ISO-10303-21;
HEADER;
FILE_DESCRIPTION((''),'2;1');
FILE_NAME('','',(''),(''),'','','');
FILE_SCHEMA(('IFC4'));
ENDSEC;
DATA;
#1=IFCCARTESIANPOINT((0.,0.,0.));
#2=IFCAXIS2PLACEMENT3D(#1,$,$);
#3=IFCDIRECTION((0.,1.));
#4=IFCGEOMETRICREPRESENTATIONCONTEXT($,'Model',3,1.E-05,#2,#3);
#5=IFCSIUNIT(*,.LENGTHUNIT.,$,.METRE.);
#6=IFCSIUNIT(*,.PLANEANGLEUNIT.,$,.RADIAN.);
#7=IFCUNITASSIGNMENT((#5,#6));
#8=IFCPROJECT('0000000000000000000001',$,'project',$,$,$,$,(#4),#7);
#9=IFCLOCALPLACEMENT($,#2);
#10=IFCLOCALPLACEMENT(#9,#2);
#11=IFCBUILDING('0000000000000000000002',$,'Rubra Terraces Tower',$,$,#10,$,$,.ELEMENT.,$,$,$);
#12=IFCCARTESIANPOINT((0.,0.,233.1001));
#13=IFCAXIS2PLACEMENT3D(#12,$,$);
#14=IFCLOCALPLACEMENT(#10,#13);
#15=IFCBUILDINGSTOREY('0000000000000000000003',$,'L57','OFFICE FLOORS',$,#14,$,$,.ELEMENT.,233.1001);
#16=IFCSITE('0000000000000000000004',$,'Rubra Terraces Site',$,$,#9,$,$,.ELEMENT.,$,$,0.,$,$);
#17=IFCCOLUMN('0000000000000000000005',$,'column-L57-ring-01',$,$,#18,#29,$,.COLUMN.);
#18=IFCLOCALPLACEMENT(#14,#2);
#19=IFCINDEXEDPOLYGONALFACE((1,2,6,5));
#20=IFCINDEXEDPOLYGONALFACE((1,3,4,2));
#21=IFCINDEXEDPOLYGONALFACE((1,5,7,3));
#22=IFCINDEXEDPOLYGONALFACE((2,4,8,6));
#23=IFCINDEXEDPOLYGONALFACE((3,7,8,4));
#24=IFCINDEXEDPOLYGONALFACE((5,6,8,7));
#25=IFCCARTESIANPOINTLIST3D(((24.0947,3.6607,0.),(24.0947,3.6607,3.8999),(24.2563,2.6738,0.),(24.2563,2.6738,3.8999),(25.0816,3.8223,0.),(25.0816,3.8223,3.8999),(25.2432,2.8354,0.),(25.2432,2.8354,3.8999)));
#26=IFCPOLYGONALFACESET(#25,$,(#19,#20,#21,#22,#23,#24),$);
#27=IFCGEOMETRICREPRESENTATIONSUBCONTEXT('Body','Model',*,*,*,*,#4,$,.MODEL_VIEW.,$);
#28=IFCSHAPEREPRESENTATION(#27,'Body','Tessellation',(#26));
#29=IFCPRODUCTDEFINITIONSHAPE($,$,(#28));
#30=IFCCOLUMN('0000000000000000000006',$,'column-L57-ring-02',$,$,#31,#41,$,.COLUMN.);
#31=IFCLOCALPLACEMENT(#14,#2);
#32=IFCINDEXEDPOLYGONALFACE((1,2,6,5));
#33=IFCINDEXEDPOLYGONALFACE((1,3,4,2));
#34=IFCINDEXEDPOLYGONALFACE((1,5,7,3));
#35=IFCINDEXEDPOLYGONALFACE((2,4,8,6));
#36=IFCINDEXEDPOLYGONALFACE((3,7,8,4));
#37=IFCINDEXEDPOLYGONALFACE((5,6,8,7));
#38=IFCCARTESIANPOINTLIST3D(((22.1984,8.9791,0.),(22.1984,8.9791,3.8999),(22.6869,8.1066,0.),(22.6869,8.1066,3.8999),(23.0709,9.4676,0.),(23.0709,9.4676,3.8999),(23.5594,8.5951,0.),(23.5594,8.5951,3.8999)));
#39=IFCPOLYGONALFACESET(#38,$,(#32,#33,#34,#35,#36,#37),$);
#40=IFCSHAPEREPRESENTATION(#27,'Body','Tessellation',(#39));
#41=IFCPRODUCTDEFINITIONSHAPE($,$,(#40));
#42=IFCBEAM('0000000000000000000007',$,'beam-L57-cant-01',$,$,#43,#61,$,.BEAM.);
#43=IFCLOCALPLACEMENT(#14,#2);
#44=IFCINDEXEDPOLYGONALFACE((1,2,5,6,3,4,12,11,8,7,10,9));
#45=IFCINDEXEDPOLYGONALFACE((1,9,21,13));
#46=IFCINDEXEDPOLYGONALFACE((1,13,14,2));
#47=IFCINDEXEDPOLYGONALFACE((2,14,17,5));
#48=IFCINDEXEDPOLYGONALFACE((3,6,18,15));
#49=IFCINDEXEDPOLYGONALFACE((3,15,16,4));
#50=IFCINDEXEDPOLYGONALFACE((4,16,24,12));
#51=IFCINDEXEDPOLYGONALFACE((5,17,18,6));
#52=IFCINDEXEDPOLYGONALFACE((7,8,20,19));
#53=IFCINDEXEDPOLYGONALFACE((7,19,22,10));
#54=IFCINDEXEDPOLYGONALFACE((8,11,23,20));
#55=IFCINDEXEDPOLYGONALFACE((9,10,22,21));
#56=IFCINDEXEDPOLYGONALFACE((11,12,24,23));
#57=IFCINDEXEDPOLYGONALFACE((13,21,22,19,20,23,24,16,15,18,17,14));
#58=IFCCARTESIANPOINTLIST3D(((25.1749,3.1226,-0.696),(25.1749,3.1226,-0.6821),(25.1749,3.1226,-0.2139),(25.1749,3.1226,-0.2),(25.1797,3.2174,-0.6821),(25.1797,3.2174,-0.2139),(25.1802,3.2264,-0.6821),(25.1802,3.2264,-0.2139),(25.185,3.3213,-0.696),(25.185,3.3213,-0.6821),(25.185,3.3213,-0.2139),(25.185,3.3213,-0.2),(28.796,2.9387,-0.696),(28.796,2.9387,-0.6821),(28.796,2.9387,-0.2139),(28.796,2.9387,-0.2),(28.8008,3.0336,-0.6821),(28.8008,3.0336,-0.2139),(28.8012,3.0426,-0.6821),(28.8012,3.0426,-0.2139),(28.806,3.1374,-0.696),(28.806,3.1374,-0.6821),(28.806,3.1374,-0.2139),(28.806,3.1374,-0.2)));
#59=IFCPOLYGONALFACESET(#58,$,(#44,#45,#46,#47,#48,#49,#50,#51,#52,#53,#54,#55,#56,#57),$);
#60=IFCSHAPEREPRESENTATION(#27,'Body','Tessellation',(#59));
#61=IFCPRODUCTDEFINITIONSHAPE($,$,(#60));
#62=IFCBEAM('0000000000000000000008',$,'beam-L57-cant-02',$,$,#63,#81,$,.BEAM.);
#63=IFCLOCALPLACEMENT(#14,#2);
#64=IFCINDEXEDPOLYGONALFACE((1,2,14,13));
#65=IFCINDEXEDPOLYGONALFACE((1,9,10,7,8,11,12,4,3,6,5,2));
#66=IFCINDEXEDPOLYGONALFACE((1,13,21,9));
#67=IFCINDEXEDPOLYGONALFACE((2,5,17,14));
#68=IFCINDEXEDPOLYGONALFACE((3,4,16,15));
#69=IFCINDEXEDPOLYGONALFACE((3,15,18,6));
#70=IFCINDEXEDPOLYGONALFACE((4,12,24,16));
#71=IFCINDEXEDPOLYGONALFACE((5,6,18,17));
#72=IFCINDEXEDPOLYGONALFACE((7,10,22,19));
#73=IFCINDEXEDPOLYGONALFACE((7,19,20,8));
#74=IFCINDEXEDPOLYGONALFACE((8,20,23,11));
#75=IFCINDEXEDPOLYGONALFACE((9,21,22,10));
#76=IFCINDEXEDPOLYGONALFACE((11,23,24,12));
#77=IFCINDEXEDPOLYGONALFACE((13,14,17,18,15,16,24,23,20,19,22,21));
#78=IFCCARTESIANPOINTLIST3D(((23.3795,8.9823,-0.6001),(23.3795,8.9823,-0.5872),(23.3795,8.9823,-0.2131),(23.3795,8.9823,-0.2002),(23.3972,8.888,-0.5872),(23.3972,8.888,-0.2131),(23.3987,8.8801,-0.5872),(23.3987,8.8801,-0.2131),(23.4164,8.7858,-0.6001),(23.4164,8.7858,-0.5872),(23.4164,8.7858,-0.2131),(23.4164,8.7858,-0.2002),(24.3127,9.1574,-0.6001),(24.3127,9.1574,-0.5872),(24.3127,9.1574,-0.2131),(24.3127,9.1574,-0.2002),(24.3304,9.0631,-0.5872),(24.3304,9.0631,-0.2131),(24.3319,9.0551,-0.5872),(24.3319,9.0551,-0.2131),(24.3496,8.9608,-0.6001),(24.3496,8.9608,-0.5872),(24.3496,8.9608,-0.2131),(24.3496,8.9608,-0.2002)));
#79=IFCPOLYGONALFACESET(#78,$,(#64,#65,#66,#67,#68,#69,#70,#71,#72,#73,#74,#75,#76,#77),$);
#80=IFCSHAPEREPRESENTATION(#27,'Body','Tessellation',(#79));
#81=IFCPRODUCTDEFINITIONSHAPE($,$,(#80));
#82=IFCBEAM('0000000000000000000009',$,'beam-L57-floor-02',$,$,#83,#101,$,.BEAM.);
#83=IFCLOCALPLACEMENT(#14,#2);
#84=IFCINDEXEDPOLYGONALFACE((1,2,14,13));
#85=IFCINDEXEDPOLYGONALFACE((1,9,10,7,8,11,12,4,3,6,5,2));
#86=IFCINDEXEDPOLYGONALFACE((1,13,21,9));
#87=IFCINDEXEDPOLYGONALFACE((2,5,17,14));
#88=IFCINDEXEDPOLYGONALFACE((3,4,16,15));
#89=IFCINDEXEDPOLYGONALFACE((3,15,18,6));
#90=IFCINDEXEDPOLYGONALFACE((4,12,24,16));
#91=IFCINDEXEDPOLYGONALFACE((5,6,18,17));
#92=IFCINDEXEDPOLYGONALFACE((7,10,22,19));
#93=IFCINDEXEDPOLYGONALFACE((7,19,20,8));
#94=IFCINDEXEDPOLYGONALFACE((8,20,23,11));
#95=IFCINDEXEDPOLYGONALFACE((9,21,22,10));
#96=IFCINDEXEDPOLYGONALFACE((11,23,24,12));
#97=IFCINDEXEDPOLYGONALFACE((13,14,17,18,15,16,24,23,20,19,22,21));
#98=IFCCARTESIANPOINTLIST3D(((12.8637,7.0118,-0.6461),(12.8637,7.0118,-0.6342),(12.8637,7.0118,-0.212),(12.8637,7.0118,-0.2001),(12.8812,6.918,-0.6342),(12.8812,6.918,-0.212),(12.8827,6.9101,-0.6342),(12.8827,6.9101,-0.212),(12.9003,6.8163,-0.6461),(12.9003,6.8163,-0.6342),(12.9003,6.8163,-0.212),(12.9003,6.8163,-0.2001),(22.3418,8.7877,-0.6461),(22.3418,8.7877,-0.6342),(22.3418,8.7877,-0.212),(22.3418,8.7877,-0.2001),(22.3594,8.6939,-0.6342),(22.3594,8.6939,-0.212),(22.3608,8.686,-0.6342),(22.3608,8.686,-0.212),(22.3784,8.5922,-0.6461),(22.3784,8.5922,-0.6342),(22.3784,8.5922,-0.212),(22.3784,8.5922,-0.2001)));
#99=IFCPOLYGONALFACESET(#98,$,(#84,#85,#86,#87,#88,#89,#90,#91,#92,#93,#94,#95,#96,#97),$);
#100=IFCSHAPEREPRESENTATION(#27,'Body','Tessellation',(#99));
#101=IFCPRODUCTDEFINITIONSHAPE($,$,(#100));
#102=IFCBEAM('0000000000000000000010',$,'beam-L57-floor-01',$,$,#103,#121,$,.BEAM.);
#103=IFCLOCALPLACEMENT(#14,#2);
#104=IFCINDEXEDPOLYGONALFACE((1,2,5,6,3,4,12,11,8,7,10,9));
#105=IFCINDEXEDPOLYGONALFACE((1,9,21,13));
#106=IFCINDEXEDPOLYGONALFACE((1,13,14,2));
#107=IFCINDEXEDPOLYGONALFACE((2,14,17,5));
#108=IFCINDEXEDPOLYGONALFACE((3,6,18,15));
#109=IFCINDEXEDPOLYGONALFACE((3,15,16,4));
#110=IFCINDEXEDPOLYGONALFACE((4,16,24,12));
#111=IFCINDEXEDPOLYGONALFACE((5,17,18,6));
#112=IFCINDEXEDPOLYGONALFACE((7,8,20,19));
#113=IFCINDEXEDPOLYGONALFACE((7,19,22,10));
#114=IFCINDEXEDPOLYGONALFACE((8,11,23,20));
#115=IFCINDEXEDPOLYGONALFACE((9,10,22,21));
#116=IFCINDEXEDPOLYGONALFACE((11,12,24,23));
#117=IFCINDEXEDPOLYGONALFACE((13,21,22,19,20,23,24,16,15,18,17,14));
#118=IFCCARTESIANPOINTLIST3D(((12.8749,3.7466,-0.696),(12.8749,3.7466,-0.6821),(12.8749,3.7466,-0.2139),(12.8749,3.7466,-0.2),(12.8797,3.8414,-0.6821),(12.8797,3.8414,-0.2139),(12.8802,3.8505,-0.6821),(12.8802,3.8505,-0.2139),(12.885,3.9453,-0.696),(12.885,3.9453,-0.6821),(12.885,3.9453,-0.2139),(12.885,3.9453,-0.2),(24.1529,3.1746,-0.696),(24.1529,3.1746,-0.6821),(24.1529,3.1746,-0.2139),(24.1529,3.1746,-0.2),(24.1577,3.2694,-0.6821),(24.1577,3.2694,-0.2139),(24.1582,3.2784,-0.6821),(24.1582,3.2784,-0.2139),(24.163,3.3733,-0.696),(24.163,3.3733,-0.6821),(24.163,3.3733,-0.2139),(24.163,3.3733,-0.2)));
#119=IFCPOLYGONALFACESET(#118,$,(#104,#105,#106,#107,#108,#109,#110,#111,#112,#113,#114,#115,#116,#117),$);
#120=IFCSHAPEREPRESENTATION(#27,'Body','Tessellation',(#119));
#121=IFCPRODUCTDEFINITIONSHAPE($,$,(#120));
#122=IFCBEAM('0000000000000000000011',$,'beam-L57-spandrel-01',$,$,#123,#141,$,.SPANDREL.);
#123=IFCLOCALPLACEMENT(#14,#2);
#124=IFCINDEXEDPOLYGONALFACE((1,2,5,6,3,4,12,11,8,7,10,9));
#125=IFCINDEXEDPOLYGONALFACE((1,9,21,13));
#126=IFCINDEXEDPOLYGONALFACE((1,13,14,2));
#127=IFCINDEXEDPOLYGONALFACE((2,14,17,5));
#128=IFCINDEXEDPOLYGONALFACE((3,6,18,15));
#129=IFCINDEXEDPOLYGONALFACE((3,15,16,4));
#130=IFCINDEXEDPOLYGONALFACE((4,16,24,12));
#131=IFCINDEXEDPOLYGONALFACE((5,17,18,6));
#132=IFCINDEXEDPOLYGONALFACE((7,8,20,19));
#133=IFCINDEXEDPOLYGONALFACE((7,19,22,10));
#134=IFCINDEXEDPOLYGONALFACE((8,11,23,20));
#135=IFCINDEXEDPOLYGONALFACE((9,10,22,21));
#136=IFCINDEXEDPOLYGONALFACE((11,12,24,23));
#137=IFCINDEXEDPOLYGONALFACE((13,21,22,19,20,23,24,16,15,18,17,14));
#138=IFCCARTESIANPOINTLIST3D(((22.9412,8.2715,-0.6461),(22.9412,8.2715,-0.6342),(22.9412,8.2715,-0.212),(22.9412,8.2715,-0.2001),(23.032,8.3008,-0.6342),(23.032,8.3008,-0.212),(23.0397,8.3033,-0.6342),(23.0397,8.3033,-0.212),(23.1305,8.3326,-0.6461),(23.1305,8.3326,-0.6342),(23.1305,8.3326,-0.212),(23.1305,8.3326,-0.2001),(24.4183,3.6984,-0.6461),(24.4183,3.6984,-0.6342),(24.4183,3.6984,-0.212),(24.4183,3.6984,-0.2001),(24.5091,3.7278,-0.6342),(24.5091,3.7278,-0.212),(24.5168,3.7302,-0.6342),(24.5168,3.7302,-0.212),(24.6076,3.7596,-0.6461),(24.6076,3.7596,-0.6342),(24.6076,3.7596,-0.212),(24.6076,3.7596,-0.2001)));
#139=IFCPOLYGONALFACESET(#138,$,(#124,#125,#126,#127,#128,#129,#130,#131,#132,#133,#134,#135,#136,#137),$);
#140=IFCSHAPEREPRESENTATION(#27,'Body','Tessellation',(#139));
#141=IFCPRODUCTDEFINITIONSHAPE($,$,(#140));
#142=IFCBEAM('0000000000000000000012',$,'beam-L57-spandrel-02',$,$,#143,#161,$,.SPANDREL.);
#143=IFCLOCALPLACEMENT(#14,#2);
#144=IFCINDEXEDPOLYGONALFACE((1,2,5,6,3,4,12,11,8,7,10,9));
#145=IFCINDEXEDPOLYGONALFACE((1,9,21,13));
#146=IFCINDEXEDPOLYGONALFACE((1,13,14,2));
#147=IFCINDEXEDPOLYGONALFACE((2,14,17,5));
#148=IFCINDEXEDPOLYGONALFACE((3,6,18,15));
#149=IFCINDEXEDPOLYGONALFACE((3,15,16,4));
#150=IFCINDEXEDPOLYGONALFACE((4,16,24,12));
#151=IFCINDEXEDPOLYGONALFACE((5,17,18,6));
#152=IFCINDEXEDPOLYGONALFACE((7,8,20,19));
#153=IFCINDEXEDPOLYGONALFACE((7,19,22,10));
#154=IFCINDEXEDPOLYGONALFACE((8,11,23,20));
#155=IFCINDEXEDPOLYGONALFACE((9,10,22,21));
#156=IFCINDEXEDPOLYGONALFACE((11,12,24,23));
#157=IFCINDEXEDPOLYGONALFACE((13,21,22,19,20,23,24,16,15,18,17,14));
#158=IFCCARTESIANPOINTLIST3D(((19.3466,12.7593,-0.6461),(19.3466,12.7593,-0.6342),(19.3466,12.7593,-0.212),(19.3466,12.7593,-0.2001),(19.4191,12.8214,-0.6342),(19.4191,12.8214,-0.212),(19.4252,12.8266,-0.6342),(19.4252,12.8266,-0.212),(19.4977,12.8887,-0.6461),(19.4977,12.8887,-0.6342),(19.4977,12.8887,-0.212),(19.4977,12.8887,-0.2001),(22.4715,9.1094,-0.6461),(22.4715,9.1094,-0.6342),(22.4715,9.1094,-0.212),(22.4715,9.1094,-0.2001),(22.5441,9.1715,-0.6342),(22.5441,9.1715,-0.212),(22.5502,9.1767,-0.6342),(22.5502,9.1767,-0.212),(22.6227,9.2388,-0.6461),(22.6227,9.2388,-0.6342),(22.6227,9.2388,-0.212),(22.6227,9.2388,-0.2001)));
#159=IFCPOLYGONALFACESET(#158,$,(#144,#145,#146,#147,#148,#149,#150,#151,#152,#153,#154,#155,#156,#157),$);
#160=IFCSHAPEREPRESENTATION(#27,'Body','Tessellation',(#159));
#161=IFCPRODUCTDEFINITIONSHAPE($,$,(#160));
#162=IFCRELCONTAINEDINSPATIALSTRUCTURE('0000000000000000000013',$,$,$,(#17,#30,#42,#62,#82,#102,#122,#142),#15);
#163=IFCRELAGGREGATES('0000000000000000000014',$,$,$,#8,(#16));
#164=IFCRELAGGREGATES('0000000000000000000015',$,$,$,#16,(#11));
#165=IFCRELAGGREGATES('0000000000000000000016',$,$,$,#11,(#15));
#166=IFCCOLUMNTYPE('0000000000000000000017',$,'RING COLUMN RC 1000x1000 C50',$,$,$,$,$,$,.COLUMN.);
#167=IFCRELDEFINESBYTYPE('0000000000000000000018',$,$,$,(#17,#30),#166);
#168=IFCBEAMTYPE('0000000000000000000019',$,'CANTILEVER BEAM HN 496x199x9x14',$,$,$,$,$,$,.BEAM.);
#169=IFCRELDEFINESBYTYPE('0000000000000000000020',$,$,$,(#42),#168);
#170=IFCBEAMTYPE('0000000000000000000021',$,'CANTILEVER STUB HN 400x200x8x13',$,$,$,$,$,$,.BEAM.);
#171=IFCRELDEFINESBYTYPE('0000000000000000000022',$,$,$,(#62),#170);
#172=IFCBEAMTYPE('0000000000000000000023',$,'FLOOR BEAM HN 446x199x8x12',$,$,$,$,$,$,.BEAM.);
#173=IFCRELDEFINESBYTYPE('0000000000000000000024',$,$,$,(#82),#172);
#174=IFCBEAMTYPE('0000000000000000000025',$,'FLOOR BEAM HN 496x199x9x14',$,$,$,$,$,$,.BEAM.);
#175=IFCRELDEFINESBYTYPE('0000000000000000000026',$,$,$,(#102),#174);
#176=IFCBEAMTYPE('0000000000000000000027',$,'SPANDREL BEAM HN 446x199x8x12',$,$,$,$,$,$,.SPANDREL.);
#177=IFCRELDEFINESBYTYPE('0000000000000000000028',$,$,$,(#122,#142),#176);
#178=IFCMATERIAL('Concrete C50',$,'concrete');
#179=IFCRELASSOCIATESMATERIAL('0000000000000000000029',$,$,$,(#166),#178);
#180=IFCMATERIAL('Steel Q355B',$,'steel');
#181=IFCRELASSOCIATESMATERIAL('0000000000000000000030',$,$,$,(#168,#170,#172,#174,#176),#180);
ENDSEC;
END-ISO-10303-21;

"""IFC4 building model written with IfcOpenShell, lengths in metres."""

from ifc_helpers import new_model, si_unit, direction, frame, origin, origin_2d, place, context, subcontext, project, spatial, rectangle, i_section, extrude, material, material_profile, profile_set, type_object, element, save


model = new_model("IFC4")

# Units and contexts
model_context = context("Model", 3, precision=1e-05, world=origin(), true_north=direction((0.0, 1.0)))
body_context = subcontext(model_context, "Body", "Model", "MODEL_VIEW")
ifc_project = project(units=[si_unit("LENGTHUNIT", "METRE"), si_unit("PLANEANGLEUNIT", "RADIAN")], contexts=[model_context])

# Site, building, storey
site_placement = place(None, origin())
site = spatial("IfcSite", under=ifc_project, at=site_placement, Name="Rubra Terraces Site", CompositionType="ELEMENT", RefElevation=0.0)
building_placement = place(site_placement, origin())
building = spatial("IfcBuilding", under=site, at=building_placement, Name="Rubra Terraces Tower", CompositionType="ELEMENT")
storey_placement = place(building_placement, frame((0.0, 0.0, 233.1001)))
storey = spatial("IfcBuildingStorey", under=building, at=storey_placement, Name="L57", Description="OFFICE FLOORS", CompositionType="ELEMENT", Elevation=233.1001)

# Columns
ifc_material_1 = material(Name="Concrete C50", Category="concrete")
ifc_material_profile_1 = material_profile(ifc_material_1, rectangle(XDim=1.0, YDim=1.0, at=origin_2d()), Name="RC 1000x1000")
ifc_profile_set_1 = profile_set([ifc_material_profile_1], Name="Concrete C50")
column_type = type_object("IfcColumnType", Name="RING COLUMN RC 1000x1000 C50", PredefinedType="COLUMN", material=ifc_profile_set_1)
for number, where, z_axis, x_axis, name in (
    (1, (24.6689, 3.248, 0.0), (0.0, 0.0, 1.0), (-0.161559, 0.986863, 0.0), "column-L57-ring-01"),
    (2, (22.8789, 8.7871, 0.0), (0.0, 0.0, 1.0), (-0.488526, 0.872549, 0.0), "column-L57-ring-02"),
):
    element("IfcColumn", number, at=place(storey_placement, frame(where, z_axis=z_axis, x_axis=x_axis)), inside=storey, type_object=column_type, Name=name, PredefinedType="COLUMN", context=body_context, shape_type="SweptSolid", body=[
        extrude(rectangle(XDim=1.0, YDim=1.0, at=origin_2d()), origin(), (0.0, 0.0, 1.0), 3.8999),
    ])

# Beams
ifc_material_2 = material(Name="Steel Q355B", Category="steel")
ifc_material_profile_2 = material_profile(ifc_material_2, i_section(OverallWidth=0.199, OverallDepth=0.4961, WebThickness=0.009, FlangeThickness=0.0139, at=origin_2d()), Name="HN 496x199x9x14")
ifc_profile_set_2 = profile_set([ifc_material_profile_2], Name="Steel Q355B")
beam_type_1 = type_object("IfcBeamType", Name="CANTILEVER BEAM HN 496x199x9x14", PredefinedType="BEAM", material=ifc_profile_set_2)
beam_1_placement = place(storey_placement, frame((25.1799, 3.2219, -0.448), z_axis=(0.998714, -0.050703, 0.0), x_axis=(0.050703, 0.998714, 0.0)))
element("IfcBeam", 3, at=beam_1_placement, inside=storey, type_object=beam_type_1, Name="beam-L57-cant-01", PredefinedType="BEAM", context=body_context, shape_type="SweptSolid", body=[
    extrude(i_section(OverallWidth=0.199, OverallDepth=0.4961, WebThickness=0.009, FlangeThickness=0.0139, at=origin_2d()), origin(), (0.0, 0.0, 1.0), 3.6257),
])
ifc_material_profile_3 = material_profile(ifc_material_2, i_section(OverallWidth=0.2, OverallDepth=0.3999, WebThickness=0.0081, FlangeThickness=0.0129, at=origin_2d()), Name="HN 400x200x8x13")
ifc_profile_set_3 = profile_set([ifc_material_profile_3], Name="Steel Q355B")
beam_type_2 = type_object("IfcBeamType", Name="CANTILEVER STUB HN 400x200x8x13", PredefinedType="BEAM", material=ifc_profile_set_3)
beam_2_placement = place(storey_placement, frame((23.3979, 8.884, -0.4001), z_axis=(0.982855, 0.184382, 0.0), x_axis=(-0.184382, 0.982855, 0.0)))
element("IfcBeam", 4, at=beam_2_placement, inside=storey, type_object=beam_type_2, Name="beam-L57-cant-02", PredefinedType="BEAM", context=body_context, shape_type="SweptSolid", body=[
    extrude(i_section(OverallWidth=0.2, OverallDepth=0.3999, WebThickness=0.0081, FlangeThickness=0.0129, at=origin_2d()), origin(), (0.0, 0.0, 1.0), 0.9495),
])
ifc_material_profile_4 = material_profile(ifc_material_2, i_section(OverallWidth=0.199, OverallDepth=0.446, WebThickness=0.0081, FlangeThickness=0.012, at=origin_2d()), Name="HN 446x199x8x12")
ifc_profile_set_4 = profile_set([ifc_material_profile_4], Name="Steel Q355B")
beam_type_3 = type_object("IfcBeamType", Name="FLOOR BEAM HN 446x199x8x12", PredefinedType="BEAM", material=ifc_profile_set_4)
beam_3_placement = place(storey_placement, frame((22.3601, 8.6899, -0.4231), z_axis=(-0.982896, -0.184163, 0.0), x_axis=(0.184163, -0.982896, 0.0)))
element("IfcBeam", 5, at=beam_3_placement, inside=storey, type_object=beam_type_3, Name="beam-L57-floor-02", PredefinedType="BEAM", context=body_context, shape_type="SweptSolid", body=[
    extrude(i_section(OverallWidth=0.199, OverallDepth=0.446, WebThickness=0.0081, FlangeThickness=0.012, at=origin_2d()), origin(), (0.0, 0.0, 1.0), 9.6431),
])
ifc_material_profile_5 = material_profile(ifc_material_2, i_section(OverallWidth=0.199, OverallDepth=0.4961, WebThickness=0.009, FlangeThickness=0.0139, at=origin_2d()), Name="HN 496x199x9x14")
ifc_profile_set_5 = profile_set([ifc_material_profile_5], Name="Steel Q355B")
beam_type_4 = type_object("IfcBeamType", Name="FLOOR BEAM HN 496x199x9x14", PredefinedType="BEAM", material=ifc_profile_set_5)
beam_4_placement = place(storey_placement, frame((24.158, 3.2739, -0.448), z_axis=(-0.998716, 0.050655, 0.0), x_axis=(-0.050655, -0.998716, 0.0)))
element("IfcBeam", 6, at=beam_4_placement, inside=storey, type_object=beam_type_4, Name="beam-L57-floor-01", PredefinedType="BEAM", context=body_context, shape_type="SweptSolid", body=[
    extrude(i_section(OverallWidth=0.199, OverallDepth=0.4961, WebThickness=0.009, FlangeThickness=0.0139, at=origin_2d()), origin(), (0.0, 0.0, 1.0), 11.2925),
])
ifc_material_profile_6 = material_profile(ifc_material_2, i_section(OverallWidth=0.199, OverallDepth=0.446, WebThickness=0.0081, FlangeThickness=0.012, at=origin_2d()), Name="HN 446x199x8x12")
ifc_profile_set_6 = profile_set([ifc_material_profile_6], Name="Steel Q355B")
beam_type_5 = type_object("IfcBeamType", Name="SPANDREL BEAM HN 446x199x8x12", PredefinedType="SPANDREL", material=ifc_profile_set_6)
beam_5_placement = place(storey_placement, frame((24.5129, 3.729, -0.4231), z_axis=(-0.307359, 0.951594, 0.0), x_axis=(-0.951594, -0.307359, 0.0)))
element("IfcBeam", 7, at=beam_5_placement, inside=storey, type_object=beam_type_5, Name="beam-L57-spandrel-01", PredefinedType="SPANDREL", context=body_context, shape_type="SweptSolid", body=[
    extrude(i_section(OverallWidth=0.199, OverallDepth=0.446, WebThickness=0.0081, FlangeThickness=0.012, at=origin_2d()), origin(), (0.0, 0.0, 1.0), 4.8057),
])
beam_6_placement = place(storey_placement, frame((22.5471, 9.1741, -0.4231), z_axis=(-0.650373, 0.759615, 0.0), x_axis=(-0.759615, -0.650373, 0.0)))
element("IfcBeam", 8, at=beam_6_placement, inside=storey, type_object=beam_type_5, Name="beam-L57-spandrel-02", PredefinedType="SPANDREL", context=body_context, shape_type="SweptSolid", body=[
    extrude(i_section(OverallWidth=0.199, OverallDepth=0.446, WebThickness=0.0081, FlangeThickness=0.012, at=origin_2d()), origin(), (0.0, 0.0, 1.0), 4.8049),
])

save(model, "model.ifc")
